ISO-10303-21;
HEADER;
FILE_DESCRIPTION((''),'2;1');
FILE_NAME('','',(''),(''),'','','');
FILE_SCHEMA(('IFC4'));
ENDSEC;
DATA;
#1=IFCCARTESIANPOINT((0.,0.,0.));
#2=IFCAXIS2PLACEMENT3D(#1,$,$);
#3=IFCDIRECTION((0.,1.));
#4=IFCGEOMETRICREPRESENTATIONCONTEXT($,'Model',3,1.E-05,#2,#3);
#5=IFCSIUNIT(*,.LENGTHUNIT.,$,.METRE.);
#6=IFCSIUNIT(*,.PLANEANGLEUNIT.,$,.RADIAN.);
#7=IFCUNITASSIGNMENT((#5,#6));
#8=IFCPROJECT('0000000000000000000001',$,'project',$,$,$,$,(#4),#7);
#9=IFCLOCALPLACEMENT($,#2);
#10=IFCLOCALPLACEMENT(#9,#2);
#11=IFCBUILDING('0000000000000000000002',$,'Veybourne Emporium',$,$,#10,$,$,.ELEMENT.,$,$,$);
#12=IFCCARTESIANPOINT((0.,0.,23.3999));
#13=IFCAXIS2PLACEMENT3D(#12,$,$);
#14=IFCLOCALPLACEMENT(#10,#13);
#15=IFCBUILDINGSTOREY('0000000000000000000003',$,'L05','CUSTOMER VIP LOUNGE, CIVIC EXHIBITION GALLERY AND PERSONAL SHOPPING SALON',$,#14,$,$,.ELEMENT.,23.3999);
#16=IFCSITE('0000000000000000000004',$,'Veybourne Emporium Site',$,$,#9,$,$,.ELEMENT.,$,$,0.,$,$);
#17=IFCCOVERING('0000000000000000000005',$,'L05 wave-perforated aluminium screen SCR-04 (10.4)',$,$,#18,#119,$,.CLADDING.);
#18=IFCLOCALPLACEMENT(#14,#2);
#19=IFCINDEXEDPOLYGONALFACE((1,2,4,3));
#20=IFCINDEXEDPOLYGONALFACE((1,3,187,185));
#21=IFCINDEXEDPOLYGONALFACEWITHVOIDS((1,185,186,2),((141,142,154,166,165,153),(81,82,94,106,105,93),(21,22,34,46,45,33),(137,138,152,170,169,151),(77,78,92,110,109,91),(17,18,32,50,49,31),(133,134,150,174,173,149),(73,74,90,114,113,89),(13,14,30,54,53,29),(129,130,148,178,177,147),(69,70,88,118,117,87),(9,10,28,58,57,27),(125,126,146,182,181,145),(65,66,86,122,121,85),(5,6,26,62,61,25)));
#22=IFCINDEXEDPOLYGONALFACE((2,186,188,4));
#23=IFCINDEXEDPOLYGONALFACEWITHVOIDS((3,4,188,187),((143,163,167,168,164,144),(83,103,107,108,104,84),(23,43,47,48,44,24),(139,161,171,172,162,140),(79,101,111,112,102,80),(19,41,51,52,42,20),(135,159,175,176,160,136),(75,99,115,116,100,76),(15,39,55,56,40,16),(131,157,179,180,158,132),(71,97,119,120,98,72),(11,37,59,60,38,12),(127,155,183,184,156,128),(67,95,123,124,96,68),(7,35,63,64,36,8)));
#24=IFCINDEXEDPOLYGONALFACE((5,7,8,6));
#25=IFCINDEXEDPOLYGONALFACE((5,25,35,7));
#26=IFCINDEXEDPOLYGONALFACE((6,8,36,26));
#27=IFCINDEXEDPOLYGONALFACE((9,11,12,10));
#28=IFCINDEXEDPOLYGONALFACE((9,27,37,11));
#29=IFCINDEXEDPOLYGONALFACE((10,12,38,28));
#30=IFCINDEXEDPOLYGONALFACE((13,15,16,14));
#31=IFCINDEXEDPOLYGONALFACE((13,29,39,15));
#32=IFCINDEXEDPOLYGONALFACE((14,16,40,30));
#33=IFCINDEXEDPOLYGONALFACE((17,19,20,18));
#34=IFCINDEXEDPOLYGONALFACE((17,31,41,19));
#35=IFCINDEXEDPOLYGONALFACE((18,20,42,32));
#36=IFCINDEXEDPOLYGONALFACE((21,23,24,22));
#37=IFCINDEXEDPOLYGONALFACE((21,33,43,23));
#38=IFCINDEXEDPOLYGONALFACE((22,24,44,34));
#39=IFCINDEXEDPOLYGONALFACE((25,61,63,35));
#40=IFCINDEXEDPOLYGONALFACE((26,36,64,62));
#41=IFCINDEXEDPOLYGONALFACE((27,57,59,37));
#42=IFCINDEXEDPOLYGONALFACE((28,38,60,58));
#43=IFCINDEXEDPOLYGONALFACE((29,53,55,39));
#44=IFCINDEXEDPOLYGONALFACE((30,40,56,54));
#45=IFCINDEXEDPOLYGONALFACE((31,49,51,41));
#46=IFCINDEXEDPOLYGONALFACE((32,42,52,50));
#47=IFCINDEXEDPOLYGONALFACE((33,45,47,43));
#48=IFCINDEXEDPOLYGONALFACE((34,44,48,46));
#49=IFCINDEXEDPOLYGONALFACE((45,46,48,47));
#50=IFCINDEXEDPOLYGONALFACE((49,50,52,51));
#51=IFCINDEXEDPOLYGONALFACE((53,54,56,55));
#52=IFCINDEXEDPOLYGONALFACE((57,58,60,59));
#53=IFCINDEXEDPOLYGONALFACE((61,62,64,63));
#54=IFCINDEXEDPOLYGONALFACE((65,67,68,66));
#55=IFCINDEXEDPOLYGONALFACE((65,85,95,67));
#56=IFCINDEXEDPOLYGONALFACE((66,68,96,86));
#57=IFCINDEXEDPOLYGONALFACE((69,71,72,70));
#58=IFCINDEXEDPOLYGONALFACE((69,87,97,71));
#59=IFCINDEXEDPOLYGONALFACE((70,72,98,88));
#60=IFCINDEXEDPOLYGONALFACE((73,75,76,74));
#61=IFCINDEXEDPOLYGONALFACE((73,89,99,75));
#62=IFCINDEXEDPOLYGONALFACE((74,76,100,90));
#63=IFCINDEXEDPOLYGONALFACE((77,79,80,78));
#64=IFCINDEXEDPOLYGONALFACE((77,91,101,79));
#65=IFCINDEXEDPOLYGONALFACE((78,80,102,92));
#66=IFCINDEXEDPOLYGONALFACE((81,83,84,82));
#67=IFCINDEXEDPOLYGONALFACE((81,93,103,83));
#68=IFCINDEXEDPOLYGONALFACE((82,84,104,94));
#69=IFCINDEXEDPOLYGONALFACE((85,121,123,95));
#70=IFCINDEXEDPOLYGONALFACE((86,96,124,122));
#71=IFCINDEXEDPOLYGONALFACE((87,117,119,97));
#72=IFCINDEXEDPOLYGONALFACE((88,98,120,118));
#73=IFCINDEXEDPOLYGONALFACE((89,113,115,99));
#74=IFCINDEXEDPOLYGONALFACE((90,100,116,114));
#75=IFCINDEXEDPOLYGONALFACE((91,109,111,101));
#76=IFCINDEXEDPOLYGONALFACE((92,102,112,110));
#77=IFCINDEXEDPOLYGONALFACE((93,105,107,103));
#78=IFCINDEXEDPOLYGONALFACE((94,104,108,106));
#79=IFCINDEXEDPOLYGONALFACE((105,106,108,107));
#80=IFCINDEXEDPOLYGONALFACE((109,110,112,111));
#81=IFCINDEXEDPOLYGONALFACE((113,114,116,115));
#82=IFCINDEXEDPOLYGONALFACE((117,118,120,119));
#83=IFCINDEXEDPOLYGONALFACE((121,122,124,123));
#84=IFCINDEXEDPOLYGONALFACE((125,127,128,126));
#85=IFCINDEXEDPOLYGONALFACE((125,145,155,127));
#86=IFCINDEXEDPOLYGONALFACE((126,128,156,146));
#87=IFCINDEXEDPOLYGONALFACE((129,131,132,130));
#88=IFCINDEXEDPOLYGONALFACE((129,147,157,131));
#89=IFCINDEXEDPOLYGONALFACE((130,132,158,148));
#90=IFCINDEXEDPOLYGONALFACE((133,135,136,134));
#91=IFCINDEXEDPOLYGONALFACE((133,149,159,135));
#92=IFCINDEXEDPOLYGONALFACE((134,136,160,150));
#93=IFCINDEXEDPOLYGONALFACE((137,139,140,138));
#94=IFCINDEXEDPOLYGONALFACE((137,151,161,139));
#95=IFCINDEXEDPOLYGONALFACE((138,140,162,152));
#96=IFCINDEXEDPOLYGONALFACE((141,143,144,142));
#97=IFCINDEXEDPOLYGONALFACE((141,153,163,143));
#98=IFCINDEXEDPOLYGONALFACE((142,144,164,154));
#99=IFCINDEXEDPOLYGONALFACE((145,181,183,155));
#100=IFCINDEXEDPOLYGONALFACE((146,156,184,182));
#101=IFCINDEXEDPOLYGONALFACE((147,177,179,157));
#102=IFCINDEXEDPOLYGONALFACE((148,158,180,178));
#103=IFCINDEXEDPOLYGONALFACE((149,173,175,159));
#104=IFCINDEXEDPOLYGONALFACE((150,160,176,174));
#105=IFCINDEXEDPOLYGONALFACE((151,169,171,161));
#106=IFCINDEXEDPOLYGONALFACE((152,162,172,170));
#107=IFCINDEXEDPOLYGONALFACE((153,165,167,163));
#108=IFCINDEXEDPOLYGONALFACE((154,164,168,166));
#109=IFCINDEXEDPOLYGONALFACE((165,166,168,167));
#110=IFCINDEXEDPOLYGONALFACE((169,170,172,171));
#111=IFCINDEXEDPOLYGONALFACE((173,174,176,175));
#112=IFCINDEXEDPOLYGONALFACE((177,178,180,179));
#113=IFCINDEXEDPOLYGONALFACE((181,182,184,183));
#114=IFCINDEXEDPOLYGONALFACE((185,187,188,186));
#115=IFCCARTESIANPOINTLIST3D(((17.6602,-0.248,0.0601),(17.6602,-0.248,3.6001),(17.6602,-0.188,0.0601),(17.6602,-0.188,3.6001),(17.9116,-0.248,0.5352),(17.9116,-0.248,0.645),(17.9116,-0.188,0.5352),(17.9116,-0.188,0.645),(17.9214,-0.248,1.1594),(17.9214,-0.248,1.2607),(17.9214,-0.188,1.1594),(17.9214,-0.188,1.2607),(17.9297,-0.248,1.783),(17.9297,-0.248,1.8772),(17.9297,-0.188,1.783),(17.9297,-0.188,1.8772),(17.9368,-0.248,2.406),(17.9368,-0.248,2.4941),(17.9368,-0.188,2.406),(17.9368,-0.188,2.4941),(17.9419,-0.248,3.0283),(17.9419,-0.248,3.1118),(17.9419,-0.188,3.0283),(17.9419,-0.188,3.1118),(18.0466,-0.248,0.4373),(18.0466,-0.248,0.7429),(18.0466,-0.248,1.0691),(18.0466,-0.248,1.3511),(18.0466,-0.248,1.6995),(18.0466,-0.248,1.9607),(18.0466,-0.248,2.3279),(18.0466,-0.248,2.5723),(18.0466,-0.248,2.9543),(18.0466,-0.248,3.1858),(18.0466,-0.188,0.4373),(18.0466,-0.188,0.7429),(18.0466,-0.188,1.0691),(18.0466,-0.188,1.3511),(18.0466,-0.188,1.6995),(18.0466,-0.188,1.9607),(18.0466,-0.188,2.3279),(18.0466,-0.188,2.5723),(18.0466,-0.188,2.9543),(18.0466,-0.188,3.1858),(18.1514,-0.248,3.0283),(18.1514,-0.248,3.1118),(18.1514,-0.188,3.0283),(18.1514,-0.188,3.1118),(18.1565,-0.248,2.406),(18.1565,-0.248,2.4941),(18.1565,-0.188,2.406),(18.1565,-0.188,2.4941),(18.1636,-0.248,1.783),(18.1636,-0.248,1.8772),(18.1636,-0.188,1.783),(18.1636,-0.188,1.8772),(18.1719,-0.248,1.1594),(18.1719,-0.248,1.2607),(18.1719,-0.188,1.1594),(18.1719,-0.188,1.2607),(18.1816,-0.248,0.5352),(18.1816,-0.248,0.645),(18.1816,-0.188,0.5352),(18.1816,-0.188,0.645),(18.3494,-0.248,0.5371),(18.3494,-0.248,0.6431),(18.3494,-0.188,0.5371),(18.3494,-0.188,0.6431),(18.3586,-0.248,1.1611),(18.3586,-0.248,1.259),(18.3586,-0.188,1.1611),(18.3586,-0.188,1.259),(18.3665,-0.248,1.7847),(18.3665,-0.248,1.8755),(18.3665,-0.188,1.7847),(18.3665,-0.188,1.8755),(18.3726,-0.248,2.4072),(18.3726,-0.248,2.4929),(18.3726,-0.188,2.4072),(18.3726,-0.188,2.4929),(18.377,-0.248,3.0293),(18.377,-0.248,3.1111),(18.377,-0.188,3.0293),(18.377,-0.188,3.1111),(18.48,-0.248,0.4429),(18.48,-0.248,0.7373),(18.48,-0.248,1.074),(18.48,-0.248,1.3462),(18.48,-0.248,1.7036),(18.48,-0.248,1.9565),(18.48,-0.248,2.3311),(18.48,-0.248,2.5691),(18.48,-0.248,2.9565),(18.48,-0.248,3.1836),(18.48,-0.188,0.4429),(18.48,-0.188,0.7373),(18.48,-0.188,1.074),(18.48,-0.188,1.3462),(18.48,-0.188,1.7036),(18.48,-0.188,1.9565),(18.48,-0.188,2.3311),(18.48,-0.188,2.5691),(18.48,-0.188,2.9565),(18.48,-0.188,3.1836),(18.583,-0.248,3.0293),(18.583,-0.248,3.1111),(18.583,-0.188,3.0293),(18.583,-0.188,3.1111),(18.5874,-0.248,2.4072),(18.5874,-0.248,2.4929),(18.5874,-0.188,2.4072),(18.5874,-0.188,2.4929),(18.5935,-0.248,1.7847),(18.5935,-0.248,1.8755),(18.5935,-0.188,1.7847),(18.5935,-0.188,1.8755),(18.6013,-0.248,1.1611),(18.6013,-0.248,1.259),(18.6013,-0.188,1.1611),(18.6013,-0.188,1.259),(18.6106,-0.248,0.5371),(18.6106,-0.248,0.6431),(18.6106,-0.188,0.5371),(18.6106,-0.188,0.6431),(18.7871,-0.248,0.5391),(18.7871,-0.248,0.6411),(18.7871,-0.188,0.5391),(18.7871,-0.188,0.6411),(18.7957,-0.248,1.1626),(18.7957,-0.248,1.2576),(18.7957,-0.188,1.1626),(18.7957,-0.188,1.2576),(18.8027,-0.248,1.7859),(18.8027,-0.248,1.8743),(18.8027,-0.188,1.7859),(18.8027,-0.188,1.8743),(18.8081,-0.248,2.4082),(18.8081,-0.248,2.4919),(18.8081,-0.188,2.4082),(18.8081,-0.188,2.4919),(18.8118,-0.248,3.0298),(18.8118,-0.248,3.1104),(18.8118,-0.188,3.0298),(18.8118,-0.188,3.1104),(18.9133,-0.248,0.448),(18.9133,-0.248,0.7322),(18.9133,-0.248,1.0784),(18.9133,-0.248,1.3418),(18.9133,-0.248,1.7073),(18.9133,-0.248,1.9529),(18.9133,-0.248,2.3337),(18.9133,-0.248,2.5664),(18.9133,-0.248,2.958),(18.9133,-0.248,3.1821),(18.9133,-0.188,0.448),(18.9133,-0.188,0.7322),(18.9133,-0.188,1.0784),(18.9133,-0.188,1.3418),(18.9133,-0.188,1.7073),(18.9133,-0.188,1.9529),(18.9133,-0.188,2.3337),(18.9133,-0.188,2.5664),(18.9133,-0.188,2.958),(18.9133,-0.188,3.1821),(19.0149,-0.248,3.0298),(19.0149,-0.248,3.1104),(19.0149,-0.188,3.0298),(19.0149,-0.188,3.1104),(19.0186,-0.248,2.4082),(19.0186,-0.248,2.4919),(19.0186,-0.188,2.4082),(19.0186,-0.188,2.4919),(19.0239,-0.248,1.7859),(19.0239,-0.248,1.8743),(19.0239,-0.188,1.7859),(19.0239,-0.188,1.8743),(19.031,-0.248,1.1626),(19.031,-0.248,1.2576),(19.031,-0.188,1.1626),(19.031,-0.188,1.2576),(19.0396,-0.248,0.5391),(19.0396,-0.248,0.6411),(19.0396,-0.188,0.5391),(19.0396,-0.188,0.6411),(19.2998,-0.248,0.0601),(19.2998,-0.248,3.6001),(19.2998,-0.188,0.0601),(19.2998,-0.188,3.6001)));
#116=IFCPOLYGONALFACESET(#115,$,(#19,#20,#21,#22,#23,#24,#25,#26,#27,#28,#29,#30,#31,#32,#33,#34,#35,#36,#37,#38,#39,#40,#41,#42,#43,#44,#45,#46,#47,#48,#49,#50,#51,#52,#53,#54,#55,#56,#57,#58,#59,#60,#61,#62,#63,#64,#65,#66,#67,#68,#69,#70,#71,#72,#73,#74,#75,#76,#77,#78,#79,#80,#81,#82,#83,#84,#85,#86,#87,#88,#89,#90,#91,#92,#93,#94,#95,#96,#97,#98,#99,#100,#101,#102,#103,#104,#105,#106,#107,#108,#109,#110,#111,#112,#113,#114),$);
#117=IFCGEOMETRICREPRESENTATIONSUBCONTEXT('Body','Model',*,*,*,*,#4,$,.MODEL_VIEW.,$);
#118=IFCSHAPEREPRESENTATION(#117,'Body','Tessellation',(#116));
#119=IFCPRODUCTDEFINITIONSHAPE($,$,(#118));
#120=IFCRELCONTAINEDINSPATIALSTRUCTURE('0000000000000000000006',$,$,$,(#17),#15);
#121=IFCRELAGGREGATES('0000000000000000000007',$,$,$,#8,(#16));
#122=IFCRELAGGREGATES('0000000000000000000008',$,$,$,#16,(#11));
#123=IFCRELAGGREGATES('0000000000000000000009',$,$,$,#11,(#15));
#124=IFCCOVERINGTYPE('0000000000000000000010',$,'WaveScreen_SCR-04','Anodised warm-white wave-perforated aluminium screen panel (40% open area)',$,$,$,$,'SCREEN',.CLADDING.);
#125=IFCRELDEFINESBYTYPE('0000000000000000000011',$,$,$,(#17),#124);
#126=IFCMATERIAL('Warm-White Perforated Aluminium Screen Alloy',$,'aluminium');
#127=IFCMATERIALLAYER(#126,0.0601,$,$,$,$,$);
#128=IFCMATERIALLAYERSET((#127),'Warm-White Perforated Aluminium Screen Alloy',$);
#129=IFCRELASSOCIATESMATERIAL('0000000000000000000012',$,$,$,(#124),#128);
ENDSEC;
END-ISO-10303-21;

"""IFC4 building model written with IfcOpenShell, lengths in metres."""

from ifc_helpers import new_model, si_unit, direction, frame, origin, place, context, subcontext, project, spatial, polyline, outline, extrude, material, layer, layer_set, type_object, element, save


model = new_model("IFC4")

# Units and contexts
model_context = context("Model", 3, precision=1e-05, world=origin(), true_north=direction((0.0, 1.0)))
body_context = subcontext(model_context, "Body", "Model", "MODEL_VIEW")
ifc_project = project(units=[si_unit("LENGTHUNIT", "METRE"), si_unit("PLANEANGLEUNIT", "RADIAN")], contexts=[model_context])

# Site, building, storey
site_placement = place(None, origin())
site = spatial("IfcSite", under=ifc_project, at=site_placement, Name="Veybourne Emporium Site", CompositionType="ELEMENT", RefElevation=0.0)
building_placement = place(site_placement, origin())
building = spatial("IfcBuilding", under=site, at=building_placement, Name="Veybourne Emporium", CompositionType="ELEMENT")
storey_placement = place(building_placement, frame((0.0, 0.0, 23.3999)))
storey = spatial("IfcBuildingStorey", under=building, at=storey_placement, Name="L05", Description="CUSTOMER VIP LOUNGE, CIVIC EXHIBITION GALLERY AND PERSONAL SHOPPING SALON", CompositionType="ELEMENT", Elevation=23.3999)

# Covering
ifc_material_1 = material(Name="Warm-White Perforated Aluminium Screen Alloy", Category="aluminium")
ifc_layer_1 = layer(ifc_material_1, 0.0601)
ifc_layer_set_1 = layer_set([ifc_layer_1], Name="Warm-White Perforated Aluminium Screen Alloy")
covering_type_1 = type_object("IfcCoveringType", Name="WaveScreen_SCR-04", Description="Anodised warm-white wave-perforated aluminium screen panel (40% open area)", ElementType="SCREEN", PredefinedType="CLADDING", material=ifc_layer_set_1)
covering_1_placement = place(storey_placement, frame((18.48, -0.248, 1.8301), z_axis=(0.0, 1.0, 0.0), x_axis=(-1.0, 0.0, 0.0)))
element("IfcCovering", 1, at=covering_1_placement, inside=storey, type_object=covering_type_1, Name="L05 wave-perforated aluminium screen SCR-04 (10.4)", PredefinedType="CLADDING", context=body_context, shape_type="SweptSolid", body=[
    extrude(outline(polyline([(-0.8198, -1.77), (0.8198, -1.77), (0.8198, 1.77), (-0.8198, 1.77), (-0.8198, -1.77)]), holes=[polyline([(-0.4333, -1.0979), (-0.3071, -1.189), (-0.3071, -1.291), (-0.4333, -1.3821), (-0.5596, -1.291), (-0.5596, -1.189), (-0.4333, -1.0979)]), polyline([(-0.4333, -0.4883), (-0.3157, -0.5725), (-0.3157, -0.6675), (-0.4333, -0.7517), (-0.551, -0.6675), (-0.551, -0.5725), (-0.4333, -0.4883)]), polyline([(-0.4333, 0.1228), (-0.3228, 0.0442), (-0.3228, -0.0442), (-0.4333, -0.1228), (-0.5439, -0.0442), (-0.5439, 0.0442), (-0.4333, 0.1228)]), polyline([(-0.4333, 0.7363), (-0.3281, 0.6619), (-0.3281, 0.5781), (-0.4333, 0.5037), (-0.5386, 0.5781), (-0.5386, 0.6619), (-0.4333, 0.7363)]), polyline([(-0.4333, 1.3521), (-0.3318, 1.2803), (-0.3318, 1.1997), (-0.4333, 1.1279), (-0.5349, 1.1997), (-0.5349, 1.2803), (-0.4333, 1.3521)]), polyline([(0.0, -1.0928), (0.1306, -1.187), (0.1306, -1.293), (0.0, -1.3872), (-0.1306, -1.293), (-0.1306, -1.187), (0.0, -1.0928)]), polyline([(0.0, -0.4839), (0.1213, -0.571), (0.1213, -0.6689), (0.0, -0.7561), (-0.1213, -0.6689), (-0.1213, -0.571), (0.0, -0.4839)]), polyline([(0.0, 0.1265), (0.1135, 0.0454), (0.1135, -0.0454), (0.0, -0.1265), (-0.1135, -0.0454), (-0.1135, 0.0454), (0.0, 0.1265)]), polyline([(0.0, 0.739), (0.1074, 0.6628), (0.1074, 0.5771), (0.0, 0.501), (-0.1074, 0.5771), (-0.1074, 0.6628), (0.0, 0.739)]), polyline([(0.0, 1.3535), (0.103, 1.281), (0.103, 1.1992), (0.0, 1.1265), (-0.103, 1.1992), (-0.103, 1.281), (0.0, 1.3535)]), polyline([(0.4333, -1.0872), (0.5684, -1.1851), (0.5684, -1.2949), (0.4333, -1.3928), (0.2983, -1.2949), (0.2983, -1.1851), (0.4333, -1.0872)]), polyline([(0.4333, -0.479), (0.5586, -0.5693), (0.5586, -0.6707), (0.4333, -0.761), (0.3081, -0.6707), (0.3081, -0.5693), (0.4333, -0.479)]), polyline([(0.4333, 0.1306), (0.5503, 0.0471), (0.5503, -0.0471), (0.4333, -0.1306), (0.3164, -0.0471), (0.3164, 0.0471), (0.4333, 0.1306)]), polyline([(0.4333, 0.7422), (0.5432, 0.6641), (0.5432, 0.5759), (0.4333, 0.4978), (0.3235, 0.5759), (0.3235, 0.6641), (0.4333, 0.7422)]), polyline([(0.4333, 1.3557), (0.5381, 1.2817), (0.5381, 1.1982), (0.4333, 1.1243), (0.3286, 1.1982), (0.3286, 1.2817), (0.4333, 1.3557)])]), origin(), (0.0, 0.0, 1.0), 0.0601),
])

save(model, "model.ifc")
